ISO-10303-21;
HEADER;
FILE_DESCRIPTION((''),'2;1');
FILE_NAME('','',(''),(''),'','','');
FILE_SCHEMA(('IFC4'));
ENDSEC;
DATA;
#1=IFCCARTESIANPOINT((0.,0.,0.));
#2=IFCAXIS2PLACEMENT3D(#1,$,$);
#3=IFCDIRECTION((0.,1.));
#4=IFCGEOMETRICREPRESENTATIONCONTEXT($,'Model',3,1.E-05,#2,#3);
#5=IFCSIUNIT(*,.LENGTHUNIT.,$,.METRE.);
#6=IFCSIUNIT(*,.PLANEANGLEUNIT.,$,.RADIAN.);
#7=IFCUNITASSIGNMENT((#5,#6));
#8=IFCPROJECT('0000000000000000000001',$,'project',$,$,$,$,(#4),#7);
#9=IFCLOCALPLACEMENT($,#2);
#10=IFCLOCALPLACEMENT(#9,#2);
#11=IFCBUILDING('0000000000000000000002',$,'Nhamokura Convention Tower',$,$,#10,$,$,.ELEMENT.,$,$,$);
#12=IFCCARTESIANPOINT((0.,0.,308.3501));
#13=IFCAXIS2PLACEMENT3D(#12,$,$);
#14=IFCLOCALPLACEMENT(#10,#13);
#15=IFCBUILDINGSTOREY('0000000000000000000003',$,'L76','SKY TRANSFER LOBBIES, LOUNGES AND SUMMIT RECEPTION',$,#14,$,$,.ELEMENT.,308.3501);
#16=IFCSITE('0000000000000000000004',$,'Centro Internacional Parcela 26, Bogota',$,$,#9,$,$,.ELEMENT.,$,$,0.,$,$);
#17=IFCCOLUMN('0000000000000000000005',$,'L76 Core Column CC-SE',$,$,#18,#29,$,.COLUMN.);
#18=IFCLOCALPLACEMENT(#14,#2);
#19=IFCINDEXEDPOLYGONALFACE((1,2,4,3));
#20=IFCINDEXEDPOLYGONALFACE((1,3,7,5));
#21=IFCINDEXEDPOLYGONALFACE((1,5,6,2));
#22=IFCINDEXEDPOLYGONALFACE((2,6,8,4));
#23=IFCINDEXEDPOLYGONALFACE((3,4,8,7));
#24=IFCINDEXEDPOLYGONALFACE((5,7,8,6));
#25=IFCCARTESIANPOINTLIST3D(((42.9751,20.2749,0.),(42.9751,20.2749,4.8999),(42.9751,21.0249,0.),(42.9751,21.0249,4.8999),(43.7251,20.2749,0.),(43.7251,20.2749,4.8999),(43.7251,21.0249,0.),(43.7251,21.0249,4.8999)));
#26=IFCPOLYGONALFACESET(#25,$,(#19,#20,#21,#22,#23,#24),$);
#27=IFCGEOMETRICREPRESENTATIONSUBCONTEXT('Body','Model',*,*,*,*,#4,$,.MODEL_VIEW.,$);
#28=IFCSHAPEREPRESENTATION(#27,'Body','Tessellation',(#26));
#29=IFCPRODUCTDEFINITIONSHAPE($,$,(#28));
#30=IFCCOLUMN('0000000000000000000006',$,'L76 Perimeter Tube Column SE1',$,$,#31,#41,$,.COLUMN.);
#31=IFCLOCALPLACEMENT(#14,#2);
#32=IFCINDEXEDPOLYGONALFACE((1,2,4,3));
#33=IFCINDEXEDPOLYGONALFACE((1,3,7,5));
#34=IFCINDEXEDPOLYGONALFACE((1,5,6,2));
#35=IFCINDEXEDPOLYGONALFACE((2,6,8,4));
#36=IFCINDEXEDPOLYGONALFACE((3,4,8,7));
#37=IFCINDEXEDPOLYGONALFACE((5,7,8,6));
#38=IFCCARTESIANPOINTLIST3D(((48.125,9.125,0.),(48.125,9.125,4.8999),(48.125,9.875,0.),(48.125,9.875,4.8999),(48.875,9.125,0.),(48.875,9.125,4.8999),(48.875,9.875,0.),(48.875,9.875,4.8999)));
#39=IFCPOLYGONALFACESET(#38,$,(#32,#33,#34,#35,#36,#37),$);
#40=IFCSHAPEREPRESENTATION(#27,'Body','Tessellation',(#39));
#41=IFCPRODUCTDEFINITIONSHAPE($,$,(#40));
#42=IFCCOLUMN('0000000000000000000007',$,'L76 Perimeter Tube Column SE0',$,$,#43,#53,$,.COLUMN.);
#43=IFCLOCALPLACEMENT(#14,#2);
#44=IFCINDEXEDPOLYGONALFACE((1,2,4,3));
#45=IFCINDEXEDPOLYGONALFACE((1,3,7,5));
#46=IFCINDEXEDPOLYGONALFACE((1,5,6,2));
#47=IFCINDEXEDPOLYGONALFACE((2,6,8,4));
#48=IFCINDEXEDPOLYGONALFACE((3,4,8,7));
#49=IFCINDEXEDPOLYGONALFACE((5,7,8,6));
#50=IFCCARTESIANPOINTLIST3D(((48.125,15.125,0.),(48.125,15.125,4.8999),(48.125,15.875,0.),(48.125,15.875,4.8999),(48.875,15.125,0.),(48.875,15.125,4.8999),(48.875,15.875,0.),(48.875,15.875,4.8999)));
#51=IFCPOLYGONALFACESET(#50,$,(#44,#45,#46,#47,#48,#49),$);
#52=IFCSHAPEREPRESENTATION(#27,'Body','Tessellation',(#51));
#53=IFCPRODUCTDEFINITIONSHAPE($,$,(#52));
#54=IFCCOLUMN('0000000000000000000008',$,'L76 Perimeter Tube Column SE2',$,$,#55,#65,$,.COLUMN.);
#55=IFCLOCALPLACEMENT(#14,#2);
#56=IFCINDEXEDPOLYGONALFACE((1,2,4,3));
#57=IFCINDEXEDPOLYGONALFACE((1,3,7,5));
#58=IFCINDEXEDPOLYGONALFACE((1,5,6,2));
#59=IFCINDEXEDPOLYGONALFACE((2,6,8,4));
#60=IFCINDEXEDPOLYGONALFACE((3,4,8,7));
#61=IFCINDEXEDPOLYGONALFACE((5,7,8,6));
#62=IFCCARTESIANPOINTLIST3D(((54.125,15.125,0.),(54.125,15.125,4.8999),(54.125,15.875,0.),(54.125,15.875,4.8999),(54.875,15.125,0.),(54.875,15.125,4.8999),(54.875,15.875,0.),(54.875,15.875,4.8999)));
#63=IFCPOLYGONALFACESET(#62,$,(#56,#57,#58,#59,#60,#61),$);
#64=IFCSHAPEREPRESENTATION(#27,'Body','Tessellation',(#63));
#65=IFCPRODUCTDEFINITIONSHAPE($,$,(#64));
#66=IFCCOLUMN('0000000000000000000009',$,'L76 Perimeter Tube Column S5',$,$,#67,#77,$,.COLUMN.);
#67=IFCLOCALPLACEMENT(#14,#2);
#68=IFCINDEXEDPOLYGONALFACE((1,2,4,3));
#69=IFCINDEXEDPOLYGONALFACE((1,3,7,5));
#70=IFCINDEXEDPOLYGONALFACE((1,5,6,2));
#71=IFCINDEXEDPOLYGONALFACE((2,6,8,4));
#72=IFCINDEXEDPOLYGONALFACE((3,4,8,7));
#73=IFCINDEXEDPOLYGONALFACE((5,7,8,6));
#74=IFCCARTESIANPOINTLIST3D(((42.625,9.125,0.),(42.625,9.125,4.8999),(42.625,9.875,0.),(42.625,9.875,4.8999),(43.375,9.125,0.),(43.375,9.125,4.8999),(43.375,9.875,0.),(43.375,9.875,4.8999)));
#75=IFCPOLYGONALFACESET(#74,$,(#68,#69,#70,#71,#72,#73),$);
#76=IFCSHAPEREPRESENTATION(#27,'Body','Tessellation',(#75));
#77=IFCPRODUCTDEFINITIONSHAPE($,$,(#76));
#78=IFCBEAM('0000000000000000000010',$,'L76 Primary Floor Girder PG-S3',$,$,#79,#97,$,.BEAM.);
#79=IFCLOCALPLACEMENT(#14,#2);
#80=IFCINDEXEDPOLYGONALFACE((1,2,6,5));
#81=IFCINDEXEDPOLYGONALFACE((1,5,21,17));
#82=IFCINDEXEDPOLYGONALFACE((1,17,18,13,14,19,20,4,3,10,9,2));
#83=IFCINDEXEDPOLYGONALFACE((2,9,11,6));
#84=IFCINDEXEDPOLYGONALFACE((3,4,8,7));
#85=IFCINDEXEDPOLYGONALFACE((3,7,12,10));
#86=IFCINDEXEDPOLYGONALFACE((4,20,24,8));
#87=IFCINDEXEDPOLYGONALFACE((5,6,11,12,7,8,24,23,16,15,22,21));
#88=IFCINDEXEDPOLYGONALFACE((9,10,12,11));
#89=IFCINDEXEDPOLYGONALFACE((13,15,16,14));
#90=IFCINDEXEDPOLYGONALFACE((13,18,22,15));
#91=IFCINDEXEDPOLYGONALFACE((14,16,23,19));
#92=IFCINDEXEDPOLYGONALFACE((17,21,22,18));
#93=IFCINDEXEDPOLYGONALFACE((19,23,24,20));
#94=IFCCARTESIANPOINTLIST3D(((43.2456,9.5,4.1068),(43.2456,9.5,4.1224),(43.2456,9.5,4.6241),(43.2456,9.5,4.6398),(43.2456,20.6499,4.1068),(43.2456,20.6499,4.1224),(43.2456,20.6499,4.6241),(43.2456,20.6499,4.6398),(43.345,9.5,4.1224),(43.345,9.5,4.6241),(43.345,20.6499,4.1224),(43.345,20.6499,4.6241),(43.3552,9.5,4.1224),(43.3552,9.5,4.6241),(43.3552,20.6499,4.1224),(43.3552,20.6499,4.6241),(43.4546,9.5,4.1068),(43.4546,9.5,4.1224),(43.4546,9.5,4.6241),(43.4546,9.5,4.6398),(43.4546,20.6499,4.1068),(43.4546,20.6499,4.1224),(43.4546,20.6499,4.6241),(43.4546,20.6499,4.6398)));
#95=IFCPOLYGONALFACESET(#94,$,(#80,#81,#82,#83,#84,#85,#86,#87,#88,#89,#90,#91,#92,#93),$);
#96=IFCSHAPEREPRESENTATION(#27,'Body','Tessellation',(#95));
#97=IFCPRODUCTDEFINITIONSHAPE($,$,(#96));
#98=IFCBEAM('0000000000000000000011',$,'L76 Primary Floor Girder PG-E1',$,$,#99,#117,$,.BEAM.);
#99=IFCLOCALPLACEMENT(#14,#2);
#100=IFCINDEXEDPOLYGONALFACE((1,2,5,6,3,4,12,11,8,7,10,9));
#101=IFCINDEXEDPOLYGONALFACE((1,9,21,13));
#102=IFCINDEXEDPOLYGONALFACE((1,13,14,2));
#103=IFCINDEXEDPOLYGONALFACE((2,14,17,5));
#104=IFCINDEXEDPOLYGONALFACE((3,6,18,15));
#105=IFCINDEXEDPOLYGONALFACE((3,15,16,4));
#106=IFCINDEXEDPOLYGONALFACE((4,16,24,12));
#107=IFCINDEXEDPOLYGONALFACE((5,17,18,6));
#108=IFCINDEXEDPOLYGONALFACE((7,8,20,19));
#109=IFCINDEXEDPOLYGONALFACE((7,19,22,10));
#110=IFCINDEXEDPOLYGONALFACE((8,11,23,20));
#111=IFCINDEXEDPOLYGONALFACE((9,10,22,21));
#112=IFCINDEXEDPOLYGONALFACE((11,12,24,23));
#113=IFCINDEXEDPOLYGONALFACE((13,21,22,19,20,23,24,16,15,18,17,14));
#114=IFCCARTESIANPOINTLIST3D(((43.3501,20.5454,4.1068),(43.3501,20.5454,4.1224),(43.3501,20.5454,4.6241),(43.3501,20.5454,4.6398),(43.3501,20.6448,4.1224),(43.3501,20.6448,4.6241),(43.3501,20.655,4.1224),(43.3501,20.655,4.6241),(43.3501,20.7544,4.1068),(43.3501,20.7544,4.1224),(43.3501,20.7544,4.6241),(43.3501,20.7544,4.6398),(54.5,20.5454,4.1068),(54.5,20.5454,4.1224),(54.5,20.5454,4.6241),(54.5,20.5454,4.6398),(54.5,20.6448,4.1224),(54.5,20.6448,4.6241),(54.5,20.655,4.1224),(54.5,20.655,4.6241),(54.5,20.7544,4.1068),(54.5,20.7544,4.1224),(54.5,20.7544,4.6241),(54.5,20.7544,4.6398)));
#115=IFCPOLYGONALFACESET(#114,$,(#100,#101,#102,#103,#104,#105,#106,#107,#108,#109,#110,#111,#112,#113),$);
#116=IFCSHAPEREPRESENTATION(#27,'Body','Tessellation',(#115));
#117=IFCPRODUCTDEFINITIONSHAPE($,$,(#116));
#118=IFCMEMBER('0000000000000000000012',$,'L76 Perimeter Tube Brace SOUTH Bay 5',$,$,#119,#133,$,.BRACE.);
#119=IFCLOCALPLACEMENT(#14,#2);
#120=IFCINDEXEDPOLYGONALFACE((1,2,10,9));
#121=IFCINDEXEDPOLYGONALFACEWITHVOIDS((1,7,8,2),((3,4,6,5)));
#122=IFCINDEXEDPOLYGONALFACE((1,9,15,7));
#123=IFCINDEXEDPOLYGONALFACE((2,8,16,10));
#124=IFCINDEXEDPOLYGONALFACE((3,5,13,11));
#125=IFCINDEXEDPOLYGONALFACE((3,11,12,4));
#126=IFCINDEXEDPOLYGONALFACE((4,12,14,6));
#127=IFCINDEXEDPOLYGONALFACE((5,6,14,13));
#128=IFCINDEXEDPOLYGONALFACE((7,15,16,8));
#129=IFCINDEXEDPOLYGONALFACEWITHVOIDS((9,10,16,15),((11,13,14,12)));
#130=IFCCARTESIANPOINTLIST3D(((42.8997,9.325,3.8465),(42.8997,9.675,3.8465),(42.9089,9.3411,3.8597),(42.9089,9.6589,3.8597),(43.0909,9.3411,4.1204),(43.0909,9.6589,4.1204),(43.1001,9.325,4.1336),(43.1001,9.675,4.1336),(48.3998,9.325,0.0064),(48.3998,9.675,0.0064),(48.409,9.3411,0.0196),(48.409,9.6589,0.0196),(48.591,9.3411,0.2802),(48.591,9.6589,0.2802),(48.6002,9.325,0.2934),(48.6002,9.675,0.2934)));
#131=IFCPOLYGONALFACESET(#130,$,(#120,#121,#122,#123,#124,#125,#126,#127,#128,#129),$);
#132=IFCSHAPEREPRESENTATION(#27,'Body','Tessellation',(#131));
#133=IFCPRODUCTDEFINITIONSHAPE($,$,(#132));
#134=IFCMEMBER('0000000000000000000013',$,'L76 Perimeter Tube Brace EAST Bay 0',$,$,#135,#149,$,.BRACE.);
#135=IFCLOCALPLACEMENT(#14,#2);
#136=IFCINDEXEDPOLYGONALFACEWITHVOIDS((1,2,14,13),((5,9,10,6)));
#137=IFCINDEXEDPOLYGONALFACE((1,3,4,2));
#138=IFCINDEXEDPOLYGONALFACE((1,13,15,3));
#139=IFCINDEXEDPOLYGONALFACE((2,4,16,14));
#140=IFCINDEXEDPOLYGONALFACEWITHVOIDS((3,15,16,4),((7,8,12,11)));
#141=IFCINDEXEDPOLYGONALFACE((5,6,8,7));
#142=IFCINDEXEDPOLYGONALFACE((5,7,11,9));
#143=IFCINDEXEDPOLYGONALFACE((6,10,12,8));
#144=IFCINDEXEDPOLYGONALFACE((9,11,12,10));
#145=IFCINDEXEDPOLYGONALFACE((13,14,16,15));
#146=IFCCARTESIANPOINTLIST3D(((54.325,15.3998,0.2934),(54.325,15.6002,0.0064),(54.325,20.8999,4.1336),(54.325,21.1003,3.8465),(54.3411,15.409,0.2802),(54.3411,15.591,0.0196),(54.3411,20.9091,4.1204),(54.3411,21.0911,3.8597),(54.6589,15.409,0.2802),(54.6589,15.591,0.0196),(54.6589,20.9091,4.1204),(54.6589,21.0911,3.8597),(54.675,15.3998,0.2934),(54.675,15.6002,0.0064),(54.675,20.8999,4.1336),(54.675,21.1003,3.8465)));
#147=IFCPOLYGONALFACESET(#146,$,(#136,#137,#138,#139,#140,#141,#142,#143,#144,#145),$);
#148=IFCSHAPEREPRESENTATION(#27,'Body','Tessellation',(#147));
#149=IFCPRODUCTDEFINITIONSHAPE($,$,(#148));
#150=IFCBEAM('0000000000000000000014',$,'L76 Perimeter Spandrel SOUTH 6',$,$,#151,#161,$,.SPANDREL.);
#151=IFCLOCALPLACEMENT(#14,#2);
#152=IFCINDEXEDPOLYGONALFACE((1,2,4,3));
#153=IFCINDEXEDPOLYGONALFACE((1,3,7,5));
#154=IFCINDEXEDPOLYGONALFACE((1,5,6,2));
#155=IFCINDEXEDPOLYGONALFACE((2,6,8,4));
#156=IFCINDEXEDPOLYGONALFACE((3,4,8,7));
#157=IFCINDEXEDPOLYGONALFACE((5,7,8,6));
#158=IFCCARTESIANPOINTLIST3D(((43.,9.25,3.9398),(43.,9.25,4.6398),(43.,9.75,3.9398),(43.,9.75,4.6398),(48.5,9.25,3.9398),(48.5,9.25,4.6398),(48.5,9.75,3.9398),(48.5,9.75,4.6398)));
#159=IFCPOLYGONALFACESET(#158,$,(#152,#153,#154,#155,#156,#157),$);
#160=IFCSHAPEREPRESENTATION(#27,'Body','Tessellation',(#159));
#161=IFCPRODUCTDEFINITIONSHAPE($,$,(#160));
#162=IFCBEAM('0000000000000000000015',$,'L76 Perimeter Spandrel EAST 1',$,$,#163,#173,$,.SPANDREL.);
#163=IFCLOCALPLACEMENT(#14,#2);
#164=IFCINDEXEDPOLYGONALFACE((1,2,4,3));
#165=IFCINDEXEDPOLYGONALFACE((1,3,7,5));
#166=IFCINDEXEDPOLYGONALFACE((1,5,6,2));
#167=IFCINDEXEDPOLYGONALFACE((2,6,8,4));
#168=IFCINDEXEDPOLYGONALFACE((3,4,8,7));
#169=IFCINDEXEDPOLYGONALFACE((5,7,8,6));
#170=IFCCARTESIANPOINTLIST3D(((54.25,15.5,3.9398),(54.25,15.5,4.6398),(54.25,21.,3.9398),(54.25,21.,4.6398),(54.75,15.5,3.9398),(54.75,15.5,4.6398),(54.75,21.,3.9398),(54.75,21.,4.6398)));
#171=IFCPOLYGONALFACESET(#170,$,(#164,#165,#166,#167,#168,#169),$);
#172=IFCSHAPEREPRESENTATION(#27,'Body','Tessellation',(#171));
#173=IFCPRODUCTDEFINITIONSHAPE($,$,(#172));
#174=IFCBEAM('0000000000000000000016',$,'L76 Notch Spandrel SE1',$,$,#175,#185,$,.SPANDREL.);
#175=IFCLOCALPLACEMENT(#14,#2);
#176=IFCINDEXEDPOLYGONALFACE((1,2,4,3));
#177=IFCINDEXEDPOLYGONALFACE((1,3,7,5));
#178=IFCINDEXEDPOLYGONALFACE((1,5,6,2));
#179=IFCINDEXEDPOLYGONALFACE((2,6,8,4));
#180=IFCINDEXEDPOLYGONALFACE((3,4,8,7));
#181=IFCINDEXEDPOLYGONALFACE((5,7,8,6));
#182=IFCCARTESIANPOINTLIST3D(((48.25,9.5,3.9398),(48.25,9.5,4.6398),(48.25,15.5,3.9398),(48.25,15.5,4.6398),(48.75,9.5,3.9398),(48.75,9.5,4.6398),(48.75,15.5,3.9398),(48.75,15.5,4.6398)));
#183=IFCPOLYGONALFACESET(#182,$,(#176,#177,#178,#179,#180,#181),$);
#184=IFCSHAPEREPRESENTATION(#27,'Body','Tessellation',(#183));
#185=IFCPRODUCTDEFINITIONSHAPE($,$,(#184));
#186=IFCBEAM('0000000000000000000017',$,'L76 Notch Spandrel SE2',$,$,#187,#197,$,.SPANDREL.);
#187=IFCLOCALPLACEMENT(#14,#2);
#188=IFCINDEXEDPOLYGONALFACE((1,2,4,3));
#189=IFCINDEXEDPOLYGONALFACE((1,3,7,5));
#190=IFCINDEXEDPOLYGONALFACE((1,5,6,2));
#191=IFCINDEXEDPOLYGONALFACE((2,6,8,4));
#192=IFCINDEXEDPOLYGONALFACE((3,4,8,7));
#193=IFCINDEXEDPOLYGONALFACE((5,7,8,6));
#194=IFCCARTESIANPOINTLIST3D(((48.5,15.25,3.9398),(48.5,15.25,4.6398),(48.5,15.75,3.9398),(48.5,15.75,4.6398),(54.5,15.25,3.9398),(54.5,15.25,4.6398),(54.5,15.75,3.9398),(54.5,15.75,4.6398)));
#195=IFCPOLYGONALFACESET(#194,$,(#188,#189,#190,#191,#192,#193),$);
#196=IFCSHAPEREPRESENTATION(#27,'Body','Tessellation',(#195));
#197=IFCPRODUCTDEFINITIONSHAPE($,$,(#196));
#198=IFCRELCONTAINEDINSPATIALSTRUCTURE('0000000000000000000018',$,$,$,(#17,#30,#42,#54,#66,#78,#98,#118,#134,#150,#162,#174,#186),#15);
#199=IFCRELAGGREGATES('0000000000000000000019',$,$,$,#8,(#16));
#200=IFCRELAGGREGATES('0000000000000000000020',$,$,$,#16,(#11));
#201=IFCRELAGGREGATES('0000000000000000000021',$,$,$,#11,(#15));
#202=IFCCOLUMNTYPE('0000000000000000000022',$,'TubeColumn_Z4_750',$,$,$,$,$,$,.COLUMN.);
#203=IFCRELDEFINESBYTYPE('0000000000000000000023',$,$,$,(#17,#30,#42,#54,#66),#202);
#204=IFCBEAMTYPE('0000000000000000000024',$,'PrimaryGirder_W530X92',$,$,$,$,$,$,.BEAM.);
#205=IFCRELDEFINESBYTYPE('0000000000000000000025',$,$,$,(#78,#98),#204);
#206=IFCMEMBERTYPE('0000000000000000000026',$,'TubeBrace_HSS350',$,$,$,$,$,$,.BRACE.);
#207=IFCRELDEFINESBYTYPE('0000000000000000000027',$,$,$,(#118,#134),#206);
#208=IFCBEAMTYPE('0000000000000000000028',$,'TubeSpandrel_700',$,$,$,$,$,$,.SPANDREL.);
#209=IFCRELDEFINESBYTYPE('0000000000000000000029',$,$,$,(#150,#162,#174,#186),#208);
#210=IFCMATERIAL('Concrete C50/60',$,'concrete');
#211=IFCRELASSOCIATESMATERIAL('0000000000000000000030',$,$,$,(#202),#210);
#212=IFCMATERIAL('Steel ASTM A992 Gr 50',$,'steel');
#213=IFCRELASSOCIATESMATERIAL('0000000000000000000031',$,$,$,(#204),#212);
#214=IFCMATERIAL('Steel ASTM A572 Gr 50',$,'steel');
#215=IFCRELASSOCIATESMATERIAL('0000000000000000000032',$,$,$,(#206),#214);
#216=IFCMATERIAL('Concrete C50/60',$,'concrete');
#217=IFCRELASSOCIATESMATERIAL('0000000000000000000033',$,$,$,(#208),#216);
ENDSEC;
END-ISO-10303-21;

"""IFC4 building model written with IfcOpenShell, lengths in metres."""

from ifc_helpers import new_model, si_unit, direction, frame, origin, origin_2d, place, context, subcontext, project, spatial, rectangle, hollow_rectangle, i_section, extrude, material, material_profile, profile_set, type_object, element, save


model = new_model("IFC4")

# Units and contexts
model_context = context("Model", 3, precision=1e-05, world=origin(), true_north=direction((0.0, 1.0)))
body_context = subcontext(model_context, "Body", "Model", "MODEL_VIEW")
ifc_project = project(units=[si_unit("LENGTHUNIT", "METRE"), si_unit("PLANEANGLEUNIT", "RADIAN")], contexts=[model_context])

# Site, building, storey
site_placement = place(None, origin())
site = spatial("IfcSite", under=ifc_project, at=site_placement, Name="Centro Internacional Parcela 26, Bogota", CompositionType="ELEMENT", RefElevation=0.0)
building_placement = place(site_placement, origin())
building = spatial("IfcBuilding", under=site, at=building_placement, Name="Nhamokura Convention Tower", CompositionType="ELEMENT")
storey_placement = place(building_placement, frame((0.0, 0.0, 308.3501)))
storey = spatial("IfcBuildingStorey", under=building, at=storey_placement, Name="L76", Description="SKY TRANSFER LOBBIES, LOUNGES AND SUMMIT RECEPTION", CompositionType="ELEMENT", Elevation=308.3501)

# Columns
ifc_material_1 = material(Name="Concrete C50/60", Category="concrete")
ifc_material_profile_1 = material_profile(ifc_material_1, rectangle(XDim=0.75, YDim=0.75, at=origin_2d()))
ifc_profile_set_1 = profile_set([ifc_material_profile_1], Name="Concrete C50/60")
column_type = type_object("IfcColumnType", Name="TubeColumn_Z4_750", PredefinedType="COLUMN", material=ifc_profile_set_1)
for number, where, z_axis, x_axis, name in (
    (1, (43.3501, 20.6499, 0.0), (0.0, 0.0, 1.0), (1.0, 0.0, 0.0), "L76 Core Column CC-SE"),
    (2, (48.5, 9.5, 0.0), (0.0, 0.0, 1.0), (1.0, 0.0, 0.0), "L76 Perimeter Tube Column SE1"),
    (3, (48.5, 15.5, 0.0), (0.0, 0.0, 1.0), (1.0, 0.0, 0.0), "L76 Perimeter Tube Column SE0"),
    (4, (54.5, 15.5, 0.0), (0.0, 0.0, 1.0), (1.0, 0.0, 0.0), "L76 Perimeter Tube Column SE2"),
    (5, (43.0, 9.5, 0.0), (0.0, 0.0, 1.0), (1.0, 0.0, 0.0), "L76 Perimeter Tube Column S5"),
):
    element("IfcColumn", number, at=place(storey_placement, frame(where, z_axis=z_axis, x_axis=x_axis)), inside=storey, type_object=column_type, Name=name, PredefinedType="COLUMN", context=body_context, shape_type="SweptSolid", body=[
        extrude(rectangle(XDim=0.75, YDim=0.75, at=origin_2d()), origin(), (0.0, 0.0, 1.0), 4.8999),
    ])

# Beams
ifc_material_2 = material(Name="Steel ASTM A992 Gr 50", Category="steel")
ifc_material_profile_2 = material_profile(ifc_material_2, i_section(OverallWidth=0.209, OverallDepth=0.533, WebThickness=0.0103, FlangeThickness=0.0156, at=origin_2d()))
ifc_profile_set_2 = profile_set([ifc_material_profile_2], Name="Steel ASTM A992 Gr 50")
beam_type_1 = type_object("IfcBeamType", Name="PrimaryGirder_W530X92", PredefinedType="BEAM", material=ifc_profile_set_2)
for number, where, z_axis, x_axis, name in (
    (6, (43.3501, 9.5, 4.3733), (0.0, 1.0, 0.0), (-1.0, 0.0, 0.0), "L76 Primary Floor Girder PG-S3"),
    (7, (43.3501, 20.6499, 4.3733), (1.0, 0.0, 0.0), (0.0, 1.0, 0.0), "L76 Primary Floor Girder PG-E1"),
):
    element("IfcBeam", number, at=place(storey_placement, frame(where, z_axis=z_axis, x_axis=x_axis)), inside=storey, type_object=beam_type_1, Name=name, PredefinedType="BEAM", context=body_context, shape_type="SweptSolid", body=[
        extrude(i_section(OverallWidth=0.209, OverallDepth=0.533, WebThickness=0.0103, FlangeThickness=0.0156, at=origin_2d()), origin(), (0.0, 0.0, 1.0), 11.1499),
    ])

# Members
ifc_material_3 = material(Name="Steel ASTM A572 Gr 50", Category="steel")
ifc_material_profile_3 = material_profile(ifc_material_3, hollow_rectangle(XDim=0.3501, YDim=0.3501, WallThickness=0.0161, at=origin_2d()))
ifc_profile_set_3 = profile_set([ifc_material_profile_3], Name="Steel ASTM A572 Gr 50")
member_type = type_object("IfcMemberType", Name="TubeBrace_HSS350", PredefinedType="BRACE", material=ifc_profile_set_3)
for number, where, z_axis, x_axis, name in (
    (8, (48.5, 9.5, 0.1499), (-0.819926, 0.0, 0.57247), (0.0, -1.0, 0.0), "L76 Perimeter Tube Brace SOUTH Bay 5"),
    (9, (54.5, 15.5, 0.1499), (0.0, 0.819926, 0.57247), (-1.0, 0.0, 0.0), "L76 Perimeter Tube Brace EAST Bay 0"),
):
    element("IfcMember", number, at=place(storey_placement, frame(where, z_axis=z_axis, x_axis=x_axis)), inside=storey, type_object=member_type, Name=name, PredefinedType="BRACE", context=body_context, shape_type="SweptSolid", body=[
        extrude(hollow_rectangle(XDim=0.3501, YDim=0.3501, WallThickness=0.0161, at=origin_2d()), origin(), (0.0, 0.0, 1.0), 6.708),
    ])

# Beams
ifc_material_4 = material(Name="Concrete C50/60", Category="concrete")
ifc_material_profile_4 = material_profile(ifc_material_4, rectangle(XDim=0.5, YDim=0.7, at=origin_2d()))
ifc_profile_set_4 = profile_set([ifc_material_profile_4], Name="Concrete C50/60")
beam_type_2 = type_object("IfcBeamType", Name="TubeSpandrel_700", PredefinedType="SPANDREL", material=ifc_profile_set_4)
for number, where, z_axis, x_axis, name in (
    (10, (43.0, 9.5, 4.2898), (1.0, 0.0, 0.0), (0.0, 1.0, 0.0), "L76 Perimeter Spandrel SOUTH 6"),
    (11, (54.5, 15.5, 4.2898), (0.0, 1.0, 0.0), (-1.0, 0.0, 0.0), "L76 Perimeter Spandrel EAST 1"),
):
    element("IfcBeam", number, at=place(storey_placement, frame(where, z_axis=z_axis, x_axis=x_axis)), inside=storey, type_object=beam_type_2, Name=name, PredefinedType="SPANDREL", context=body_context, shape_type="SweptSolid", body=[
        extrude(rectangle(XDim=0.5, YDim=0.7, at=origin_2d()), origin(), (0.0, 0.0, 1.0), 5.5),
    ])
for number, where, z_axis, x_axis, name in (
    (12, (48.5, 9.5, 4.2898), (0.0, 1.0, 0.0), (-1.0, 0.0, 0.0), "L76 Notch Spandrel SE1"),
    (13, (48.5, 15.5, 4.2898), (1.0, 0.0, 0.0), (0.0, 1.0, 0.0), "L76 Notch Spandrel SE2"),
):
    element("IfcBeam", number, at=place(storey_placement, frame(where, z_axis=z_axis, x_axis=x_axis)), inside=storey, type_object=beam_type_2, Name=name, PredefinedType="SPANDREL", context=body_context, shape_type="SweptSolid", body=[
        extrude(rectangle(XDim=0.5, YDim=0.7, at=origin_2d()), origin(), (0.0, 0.0, 1.0), 6.0),
    ])

save(model, "model.ifc")
